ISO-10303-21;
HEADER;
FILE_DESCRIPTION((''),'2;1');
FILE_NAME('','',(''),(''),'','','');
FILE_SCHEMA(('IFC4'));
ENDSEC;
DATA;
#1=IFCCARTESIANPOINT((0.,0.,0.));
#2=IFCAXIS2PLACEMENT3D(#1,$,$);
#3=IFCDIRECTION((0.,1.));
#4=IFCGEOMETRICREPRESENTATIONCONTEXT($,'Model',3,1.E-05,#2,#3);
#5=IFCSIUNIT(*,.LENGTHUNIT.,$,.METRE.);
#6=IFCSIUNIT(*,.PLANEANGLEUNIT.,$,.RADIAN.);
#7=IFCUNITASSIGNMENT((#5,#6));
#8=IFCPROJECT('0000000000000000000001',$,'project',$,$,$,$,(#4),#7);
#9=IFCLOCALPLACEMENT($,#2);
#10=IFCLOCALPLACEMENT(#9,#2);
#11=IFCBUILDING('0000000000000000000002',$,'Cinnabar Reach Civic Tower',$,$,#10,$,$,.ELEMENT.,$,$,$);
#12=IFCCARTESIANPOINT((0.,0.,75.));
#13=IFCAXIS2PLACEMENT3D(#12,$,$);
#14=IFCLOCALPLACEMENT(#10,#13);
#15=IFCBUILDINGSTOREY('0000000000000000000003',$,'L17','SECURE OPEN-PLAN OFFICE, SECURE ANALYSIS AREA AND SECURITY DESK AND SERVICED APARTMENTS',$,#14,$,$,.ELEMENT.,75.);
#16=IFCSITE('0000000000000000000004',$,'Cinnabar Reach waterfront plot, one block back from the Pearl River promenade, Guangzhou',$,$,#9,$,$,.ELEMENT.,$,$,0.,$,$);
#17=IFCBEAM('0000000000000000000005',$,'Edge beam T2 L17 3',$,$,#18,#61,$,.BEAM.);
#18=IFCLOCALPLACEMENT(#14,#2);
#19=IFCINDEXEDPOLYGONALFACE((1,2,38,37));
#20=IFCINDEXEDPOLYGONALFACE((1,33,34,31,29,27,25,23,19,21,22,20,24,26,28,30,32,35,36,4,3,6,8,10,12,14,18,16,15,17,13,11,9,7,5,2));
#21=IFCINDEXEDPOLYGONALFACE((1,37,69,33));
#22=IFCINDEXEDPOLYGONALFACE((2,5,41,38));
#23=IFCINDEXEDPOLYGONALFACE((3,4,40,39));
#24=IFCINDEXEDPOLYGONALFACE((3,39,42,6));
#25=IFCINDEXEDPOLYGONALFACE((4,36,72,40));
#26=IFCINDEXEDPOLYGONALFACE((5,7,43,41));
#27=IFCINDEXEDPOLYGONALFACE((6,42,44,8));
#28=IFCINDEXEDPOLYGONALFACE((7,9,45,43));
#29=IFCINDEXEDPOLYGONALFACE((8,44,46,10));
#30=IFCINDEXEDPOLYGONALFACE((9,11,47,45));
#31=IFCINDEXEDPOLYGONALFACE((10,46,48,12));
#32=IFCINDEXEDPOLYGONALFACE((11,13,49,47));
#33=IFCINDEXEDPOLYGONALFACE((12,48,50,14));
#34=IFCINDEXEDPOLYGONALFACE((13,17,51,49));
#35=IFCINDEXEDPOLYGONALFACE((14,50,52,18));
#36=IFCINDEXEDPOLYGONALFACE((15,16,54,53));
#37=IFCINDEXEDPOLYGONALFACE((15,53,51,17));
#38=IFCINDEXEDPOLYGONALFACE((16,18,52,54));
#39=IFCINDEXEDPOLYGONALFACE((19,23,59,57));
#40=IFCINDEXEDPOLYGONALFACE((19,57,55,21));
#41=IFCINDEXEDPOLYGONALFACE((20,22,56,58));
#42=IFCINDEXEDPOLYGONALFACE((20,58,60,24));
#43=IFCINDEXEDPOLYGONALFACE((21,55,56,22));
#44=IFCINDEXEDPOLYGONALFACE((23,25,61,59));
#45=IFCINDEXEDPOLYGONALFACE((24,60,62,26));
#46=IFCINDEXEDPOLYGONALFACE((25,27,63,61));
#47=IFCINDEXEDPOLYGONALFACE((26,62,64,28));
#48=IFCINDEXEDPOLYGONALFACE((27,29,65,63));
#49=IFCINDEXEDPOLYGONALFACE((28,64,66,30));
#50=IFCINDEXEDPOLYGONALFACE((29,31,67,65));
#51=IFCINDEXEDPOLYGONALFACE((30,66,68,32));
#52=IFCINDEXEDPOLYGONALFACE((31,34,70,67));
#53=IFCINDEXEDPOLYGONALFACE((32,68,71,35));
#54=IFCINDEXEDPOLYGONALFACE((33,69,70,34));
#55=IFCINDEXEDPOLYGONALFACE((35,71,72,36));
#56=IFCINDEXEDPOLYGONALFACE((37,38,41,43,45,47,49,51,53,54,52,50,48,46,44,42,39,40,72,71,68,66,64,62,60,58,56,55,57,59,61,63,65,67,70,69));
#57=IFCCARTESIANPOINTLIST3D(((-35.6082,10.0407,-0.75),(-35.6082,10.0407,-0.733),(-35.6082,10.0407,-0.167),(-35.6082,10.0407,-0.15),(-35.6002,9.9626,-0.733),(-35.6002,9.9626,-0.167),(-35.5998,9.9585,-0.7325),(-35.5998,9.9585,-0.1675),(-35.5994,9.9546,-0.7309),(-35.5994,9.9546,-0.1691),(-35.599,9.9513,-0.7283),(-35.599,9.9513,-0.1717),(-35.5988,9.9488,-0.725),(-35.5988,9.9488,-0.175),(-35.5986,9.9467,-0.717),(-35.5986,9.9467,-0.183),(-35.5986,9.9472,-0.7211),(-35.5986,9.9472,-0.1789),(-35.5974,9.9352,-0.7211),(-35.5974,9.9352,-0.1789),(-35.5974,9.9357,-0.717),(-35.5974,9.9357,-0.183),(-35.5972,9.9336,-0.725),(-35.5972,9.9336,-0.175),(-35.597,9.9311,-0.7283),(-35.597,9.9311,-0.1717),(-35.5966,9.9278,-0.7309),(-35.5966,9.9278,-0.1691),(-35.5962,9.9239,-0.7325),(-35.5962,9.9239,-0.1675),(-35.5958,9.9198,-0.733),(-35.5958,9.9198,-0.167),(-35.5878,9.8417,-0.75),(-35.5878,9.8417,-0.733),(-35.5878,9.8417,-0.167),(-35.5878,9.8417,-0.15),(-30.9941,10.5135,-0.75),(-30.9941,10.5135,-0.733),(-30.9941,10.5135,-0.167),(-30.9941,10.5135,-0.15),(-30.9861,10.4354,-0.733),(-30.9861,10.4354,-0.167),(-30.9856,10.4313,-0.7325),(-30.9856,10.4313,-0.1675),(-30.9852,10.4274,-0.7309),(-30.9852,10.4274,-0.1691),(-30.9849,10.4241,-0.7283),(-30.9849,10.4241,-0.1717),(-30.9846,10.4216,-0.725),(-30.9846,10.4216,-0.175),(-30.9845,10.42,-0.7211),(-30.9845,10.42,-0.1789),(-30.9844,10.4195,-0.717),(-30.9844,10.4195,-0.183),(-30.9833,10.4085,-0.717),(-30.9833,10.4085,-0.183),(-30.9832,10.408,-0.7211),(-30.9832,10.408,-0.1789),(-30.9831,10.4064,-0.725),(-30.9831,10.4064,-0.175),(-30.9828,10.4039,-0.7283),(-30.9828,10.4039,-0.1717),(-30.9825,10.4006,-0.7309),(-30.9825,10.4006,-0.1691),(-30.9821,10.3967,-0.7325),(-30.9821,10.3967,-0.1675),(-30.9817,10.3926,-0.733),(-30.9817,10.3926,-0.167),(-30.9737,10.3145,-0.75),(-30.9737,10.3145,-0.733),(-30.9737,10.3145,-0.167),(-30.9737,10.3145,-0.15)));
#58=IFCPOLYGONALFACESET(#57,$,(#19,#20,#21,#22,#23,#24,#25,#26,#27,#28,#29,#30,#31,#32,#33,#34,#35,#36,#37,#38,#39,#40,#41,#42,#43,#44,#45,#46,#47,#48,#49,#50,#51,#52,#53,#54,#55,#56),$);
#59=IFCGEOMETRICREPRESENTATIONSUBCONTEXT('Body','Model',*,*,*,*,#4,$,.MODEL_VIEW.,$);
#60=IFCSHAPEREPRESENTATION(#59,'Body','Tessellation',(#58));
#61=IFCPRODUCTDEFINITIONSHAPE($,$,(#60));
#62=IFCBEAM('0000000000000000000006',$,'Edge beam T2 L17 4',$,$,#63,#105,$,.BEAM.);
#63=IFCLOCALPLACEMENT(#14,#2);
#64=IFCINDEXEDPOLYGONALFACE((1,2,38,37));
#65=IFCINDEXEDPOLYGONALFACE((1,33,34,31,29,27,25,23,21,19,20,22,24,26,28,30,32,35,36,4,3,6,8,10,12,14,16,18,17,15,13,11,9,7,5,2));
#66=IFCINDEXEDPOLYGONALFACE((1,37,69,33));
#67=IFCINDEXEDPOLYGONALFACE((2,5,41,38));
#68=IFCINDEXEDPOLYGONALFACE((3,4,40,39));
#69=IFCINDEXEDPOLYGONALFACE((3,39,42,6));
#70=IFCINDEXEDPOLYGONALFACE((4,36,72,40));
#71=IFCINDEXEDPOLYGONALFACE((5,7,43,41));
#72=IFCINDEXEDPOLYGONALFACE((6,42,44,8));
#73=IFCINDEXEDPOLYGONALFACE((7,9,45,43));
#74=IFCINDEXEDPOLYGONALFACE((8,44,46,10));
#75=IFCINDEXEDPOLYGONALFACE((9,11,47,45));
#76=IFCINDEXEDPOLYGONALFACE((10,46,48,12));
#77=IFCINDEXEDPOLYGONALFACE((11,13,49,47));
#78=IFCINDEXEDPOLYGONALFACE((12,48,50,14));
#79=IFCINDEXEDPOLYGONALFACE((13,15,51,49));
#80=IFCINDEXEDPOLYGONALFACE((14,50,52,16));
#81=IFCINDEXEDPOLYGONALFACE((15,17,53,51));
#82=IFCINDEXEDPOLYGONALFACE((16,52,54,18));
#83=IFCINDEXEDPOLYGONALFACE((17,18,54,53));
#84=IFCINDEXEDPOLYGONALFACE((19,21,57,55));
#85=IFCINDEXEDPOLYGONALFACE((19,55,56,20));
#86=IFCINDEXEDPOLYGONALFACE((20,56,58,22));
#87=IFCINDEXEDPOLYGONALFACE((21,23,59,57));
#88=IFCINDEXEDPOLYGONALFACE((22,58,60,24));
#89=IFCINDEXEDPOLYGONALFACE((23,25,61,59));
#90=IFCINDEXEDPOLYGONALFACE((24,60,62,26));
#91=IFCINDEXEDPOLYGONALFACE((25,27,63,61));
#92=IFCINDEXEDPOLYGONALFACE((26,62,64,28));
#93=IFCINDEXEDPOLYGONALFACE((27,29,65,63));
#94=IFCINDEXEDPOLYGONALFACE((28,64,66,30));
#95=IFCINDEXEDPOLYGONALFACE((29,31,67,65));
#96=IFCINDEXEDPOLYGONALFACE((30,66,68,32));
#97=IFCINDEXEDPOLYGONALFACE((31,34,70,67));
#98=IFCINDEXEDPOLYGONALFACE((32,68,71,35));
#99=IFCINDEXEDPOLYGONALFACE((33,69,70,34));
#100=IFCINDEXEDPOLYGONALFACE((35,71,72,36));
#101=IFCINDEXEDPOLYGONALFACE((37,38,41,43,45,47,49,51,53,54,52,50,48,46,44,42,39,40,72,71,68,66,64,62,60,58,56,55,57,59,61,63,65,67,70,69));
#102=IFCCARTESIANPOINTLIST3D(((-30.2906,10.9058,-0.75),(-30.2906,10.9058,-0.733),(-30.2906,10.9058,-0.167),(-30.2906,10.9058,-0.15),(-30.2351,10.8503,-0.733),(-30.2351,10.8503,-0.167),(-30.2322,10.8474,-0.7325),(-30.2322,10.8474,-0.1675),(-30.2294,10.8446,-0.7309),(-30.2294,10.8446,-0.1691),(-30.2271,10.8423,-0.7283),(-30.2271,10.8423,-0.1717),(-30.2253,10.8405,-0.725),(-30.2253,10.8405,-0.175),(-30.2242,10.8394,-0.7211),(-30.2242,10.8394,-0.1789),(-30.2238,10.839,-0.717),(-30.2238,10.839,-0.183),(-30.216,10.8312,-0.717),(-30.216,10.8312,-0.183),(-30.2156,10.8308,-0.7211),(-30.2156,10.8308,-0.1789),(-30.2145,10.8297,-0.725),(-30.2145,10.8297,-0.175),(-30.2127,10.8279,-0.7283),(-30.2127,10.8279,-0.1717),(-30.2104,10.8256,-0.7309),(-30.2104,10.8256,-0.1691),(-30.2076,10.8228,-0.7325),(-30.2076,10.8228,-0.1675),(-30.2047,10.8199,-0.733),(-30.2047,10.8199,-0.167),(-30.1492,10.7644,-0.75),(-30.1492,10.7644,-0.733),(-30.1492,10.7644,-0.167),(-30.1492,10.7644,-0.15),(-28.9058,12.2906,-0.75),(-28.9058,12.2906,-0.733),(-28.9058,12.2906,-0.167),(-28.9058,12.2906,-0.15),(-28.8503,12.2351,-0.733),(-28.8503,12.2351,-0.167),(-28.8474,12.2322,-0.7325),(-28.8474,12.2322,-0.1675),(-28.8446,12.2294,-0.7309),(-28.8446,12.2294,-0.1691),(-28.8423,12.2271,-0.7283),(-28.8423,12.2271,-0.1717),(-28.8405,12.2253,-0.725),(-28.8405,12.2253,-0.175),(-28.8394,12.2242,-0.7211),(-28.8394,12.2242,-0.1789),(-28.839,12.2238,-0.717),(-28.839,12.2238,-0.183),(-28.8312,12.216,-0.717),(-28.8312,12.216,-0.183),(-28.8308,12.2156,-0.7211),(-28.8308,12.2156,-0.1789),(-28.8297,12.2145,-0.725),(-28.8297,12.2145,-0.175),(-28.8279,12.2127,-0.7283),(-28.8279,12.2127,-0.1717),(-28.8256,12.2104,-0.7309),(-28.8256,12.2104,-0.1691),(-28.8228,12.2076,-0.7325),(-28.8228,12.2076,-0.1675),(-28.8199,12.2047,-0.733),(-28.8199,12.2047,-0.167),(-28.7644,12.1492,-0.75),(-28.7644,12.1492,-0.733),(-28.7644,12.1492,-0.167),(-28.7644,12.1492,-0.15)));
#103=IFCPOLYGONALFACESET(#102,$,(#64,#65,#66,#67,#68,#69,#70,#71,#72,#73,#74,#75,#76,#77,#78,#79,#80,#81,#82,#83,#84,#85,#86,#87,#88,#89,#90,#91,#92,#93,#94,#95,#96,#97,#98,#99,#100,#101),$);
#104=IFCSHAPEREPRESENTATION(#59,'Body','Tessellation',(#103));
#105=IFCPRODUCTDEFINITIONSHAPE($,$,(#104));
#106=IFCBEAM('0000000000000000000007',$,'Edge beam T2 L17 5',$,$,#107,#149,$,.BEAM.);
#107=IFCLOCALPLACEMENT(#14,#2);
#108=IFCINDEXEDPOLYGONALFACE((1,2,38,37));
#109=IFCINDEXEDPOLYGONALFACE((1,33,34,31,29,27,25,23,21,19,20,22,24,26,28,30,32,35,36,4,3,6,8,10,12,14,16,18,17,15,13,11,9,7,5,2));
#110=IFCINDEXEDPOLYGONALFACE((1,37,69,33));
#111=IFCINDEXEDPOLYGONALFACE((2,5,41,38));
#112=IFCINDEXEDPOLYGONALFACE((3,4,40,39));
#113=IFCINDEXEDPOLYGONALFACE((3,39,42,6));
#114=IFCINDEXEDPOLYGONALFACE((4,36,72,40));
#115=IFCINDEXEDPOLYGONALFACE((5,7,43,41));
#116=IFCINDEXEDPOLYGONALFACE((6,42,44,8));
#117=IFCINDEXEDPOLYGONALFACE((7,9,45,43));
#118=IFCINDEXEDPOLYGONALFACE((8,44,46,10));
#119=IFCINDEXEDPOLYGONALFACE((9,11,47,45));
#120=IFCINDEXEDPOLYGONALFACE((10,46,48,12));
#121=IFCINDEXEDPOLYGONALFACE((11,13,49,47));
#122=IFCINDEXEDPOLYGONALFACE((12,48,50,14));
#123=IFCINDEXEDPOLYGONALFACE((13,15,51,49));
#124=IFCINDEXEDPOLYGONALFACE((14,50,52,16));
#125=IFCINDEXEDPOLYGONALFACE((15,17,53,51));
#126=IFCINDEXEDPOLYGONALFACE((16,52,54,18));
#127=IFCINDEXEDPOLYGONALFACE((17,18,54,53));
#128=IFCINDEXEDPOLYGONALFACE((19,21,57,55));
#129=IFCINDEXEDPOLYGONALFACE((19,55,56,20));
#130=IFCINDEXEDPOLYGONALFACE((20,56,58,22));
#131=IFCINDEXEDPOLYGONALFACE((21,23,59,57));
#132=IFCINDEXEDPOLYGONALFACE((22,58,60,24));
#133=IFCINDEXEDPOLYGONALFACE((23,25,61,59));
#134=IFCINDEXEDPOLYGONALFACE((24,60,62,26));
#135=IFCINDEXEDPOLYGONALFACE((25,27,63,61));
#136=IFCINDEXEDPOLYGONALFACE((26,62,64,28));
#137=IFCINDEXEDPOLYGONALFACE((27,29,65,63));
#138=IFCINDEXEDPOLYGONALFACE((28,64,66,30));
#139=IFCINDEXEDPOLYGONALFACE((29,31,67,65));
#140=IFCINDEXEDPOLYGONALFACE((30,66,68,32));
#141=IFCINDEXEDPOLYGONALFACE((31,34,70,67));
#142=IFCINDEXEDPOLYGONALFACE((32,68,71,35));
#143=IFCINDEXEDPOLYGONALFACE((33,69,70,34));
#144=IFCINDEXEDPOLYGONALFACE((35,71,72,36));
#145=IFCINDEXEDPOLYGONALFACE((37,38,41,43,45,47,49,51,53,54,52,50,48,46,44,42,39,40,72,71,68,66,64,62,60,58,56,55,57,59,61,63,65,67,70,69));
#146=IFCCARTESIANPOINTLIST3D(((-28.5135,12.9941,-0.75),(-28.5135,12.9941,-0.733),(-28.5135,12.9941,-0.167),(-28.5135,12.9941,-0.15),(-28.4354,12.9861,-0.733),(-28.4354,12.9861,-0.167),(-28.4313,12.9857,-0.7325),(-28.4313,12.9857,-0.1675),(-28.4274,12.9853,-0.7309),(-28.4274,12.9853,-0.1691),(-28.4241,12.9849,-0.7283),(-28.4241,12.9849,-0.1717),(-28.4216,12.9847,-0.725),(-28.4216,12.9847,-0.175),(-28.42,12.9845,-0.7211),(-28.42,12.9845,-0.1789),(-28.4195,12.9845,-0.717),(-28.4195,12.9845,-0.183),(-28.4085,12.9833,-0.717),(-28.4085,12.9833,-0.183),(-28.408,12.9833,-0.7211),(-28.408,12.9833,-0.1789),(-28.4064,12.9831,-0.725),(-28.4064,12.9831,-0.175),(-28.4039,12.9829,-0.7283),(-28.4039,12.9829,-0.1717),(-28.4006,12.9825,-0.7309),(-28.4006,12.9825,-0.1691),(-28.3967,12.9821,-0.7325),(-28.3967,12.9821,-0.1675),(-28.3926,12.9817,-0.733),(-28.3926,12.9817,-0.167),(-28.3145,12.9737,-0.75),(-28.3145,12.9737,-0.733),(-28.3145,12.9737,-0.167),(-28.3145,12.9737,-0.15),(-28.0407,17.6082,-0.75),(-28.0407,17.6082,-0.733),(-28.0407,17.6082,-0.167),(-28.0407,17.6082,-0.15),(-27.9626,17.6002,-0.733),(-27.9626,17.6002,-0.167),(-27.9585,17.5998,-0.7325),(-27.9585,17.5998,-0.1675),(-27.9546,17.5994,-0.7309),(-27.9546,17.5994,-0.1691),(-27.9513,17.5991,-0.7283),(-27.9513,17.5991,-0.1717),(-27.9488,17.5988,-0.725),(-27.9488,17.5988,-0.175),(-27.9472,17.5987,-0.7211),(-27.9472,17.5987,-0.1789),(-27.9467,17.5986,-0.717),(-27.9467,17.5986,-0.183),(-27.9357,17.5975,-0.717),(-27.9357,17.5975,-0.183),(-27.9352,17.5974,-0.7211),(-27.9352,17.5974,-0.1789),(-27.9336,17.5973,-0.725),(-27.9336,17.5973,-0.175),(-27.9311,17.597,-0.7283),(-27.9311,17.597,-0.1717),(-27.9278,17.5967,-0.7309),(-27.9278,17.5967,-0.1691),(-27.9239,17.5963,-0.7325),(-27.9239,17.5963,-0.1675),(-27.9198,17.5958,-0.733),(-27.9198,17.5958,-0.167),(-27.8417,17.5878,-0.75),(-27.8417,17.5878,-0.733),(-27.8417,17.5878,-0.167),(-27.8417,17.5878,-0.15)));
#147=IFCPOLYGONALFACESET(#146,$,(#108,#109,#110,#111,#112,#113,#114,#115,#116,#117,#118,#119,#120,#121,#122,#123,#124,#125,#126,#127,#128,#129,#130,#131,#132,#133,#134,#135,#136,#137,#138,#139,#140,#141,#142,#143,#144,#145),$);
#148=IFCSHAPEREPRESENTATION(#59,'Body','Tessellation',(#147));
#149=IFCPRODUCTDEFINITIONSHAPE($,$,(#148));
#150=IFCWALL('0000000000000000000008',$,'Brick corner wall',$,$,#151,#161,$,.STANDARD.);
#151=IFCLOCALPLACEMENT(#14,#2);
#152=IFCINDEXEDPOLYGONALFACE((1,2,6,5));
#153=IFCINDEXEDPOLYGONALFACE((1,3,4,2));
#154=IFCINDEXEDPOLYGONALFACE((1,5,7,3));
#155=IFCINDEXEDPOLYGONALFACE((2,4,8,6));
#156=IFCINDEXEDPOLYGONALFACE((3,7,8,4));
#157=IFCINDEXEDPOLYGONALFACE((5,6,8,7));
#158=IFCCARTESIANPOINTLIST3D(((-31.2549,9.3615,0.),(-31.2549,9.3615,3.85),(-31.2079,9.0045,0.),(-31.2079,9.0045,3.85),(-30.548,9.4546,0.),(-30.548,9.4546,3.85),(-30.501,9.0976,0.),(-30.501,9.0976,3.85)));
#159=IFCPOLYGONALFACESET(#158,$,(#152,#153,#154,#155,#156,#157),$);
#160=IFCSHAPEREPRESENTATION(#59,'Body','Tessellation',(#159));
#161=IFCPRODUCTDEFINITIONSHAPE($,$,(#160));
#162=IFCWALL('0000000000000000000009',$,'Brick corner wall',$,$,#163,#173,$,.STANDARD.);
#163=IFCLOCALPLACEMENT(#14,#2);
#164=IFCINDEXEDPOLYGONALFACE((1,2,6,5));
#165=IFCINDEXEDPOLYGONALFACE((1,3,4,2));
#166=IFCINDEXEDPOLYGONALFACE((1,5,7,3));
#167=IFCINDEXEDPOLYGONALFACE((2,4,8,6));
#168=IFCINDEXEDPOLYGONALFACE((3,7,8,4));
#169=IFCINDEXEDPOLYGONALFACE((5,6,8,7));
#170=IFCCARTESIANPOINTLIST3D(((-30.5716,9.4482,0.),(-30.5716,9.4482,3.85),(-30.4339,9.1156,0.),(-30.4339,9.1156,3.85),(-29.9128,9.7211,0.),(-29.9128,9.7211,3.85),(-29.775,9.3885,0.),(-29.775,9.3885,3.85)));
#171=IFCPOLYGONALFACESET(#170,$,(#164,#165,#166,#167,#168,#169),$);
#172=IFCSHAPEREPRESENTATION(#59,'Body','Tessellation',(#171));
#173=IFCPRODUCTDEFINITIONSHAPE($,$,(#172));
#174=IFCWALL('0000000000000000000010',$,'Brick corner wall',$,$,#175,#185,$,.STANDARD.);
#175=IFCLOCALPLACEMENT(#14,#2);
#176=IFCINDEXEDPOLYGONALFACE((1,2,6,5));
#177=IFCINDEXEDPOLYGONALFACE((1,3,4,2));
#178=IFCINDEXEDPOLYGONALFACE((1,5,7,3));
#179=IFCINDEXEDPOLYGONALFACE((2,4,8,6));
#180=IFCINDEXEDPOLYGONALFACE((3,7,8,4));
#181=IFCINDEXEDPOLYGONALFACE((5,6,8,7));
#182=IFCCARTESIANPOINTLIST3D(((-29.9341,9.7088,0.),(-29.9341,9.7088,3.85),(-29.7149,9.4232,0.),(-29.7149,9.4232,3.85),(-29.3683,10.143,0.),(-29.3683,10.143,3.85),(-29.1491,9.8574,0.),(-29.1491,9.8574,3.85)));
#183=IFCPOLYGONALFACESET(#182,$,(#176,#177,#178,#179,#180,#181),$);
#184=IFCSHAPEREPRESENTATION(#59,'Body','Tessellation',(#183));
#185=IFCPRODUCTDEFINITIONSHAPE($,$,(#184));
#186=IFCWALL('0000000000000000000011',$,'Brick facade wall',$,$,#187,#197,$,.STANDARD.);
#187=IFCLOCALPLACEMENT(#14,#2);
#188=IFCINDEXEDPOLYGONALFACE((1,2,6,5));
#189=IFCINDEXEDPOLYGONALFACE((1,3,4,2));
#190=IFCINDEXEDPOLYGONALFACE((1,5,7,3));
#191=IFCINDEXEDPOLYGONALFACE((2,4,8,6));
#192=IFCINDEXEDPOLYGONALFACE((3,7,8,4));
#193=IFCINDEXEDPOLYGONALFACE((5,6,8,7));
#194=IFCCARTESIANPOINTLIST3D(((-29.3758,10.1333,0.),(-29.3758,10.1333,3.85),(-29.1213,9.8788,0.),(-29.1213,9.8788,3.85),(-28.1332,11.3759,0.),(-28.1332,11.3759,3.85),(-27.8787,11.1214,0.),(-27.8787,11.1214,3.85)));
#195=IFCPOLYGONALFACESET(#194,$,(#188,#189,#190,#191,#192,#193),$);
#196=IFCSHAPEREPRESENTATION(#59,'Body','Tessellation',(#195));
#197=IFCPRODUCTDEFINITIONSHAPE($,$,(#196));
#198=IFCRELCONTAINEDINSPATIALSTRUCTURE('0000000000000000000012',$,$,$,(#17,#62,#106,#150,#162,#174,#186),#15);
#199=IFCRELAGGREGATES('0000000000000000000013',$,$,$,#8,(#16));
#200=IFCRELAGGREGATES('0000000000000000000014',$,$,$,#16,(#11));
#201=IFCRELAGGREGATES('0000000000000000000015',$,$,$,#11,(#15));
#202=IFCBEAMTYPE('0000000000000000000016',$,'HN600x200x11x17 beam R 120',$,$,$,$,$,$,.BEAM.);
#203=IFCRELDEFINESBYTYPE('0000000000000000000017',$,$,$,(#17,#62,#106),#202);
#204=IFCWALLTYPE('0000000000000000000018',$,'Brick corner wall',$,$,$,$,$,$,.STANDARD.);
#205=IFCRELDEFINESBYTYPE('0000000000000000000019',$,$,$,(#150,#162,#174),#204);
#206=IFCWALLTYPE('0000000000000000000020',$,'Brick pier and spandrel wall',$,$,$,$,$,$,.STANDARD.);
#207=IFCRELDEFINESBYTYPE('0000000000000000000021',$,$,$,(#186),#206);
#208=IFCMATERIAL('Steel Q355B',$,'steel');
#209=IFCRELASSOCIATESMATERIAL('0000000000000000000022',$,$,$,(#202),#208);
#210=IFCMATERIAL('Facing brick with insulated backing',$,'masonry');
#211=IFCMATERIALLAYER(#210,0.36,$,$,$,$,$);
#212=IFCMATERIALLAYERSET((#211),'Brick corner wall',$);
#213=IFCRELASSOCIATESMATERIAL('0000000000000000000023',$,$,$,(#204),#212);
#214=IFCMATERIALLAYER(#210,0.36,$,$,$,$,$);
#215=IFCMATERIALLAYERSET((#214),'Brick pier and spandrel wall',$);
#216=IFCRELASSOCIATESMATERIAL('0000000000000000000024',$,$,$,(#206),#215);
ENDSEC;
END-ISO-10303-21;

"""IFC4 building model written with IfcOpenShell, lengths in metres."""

from ifc_helpers import new_model, si_unit, direction, frame, frame_2d, origin, origin_2d, place, context, subcontext, project, spatial, rectangle, i_section, extrude, material, layer, layer_set, material_profile, profile_set, type_object, element, save


model = new_model("IFC4")

# Units and contexts
model_context = context("Model", 3, precision=1e-05, world=origin(), true_north=direction((0.0, 1.0)))
body_context = subcontext(model_context, "Body", "Model", "MODEL_VIEW")
ifc_project = project(units=[si_unit("LENGTHUNIT", "METRE"), si_unit("PLANEANGLEUNIT", "RADIAN")], contexts=[model_context])

# Site, building, storey
site_placement = place(None, origin())
site = spatial("IfcSite", under=ifc_project, at=site_placement, Name="Cinnabar Reach waterfront plot, one block back from the Pearl River promenade, Guangzhou", CompositionType="ELEMENT", RefElevation=0.0)
building_placement = place(site_placement, origin())
building = spatial("IfcBuilding", under=site, at=building_placement, Name="Cinnabar Reach Civic Tower", CompositionType="ELEMENT")
storey_placement = place(building_placement, frame((0.0, 0.0, 75.0)))
storey = spatial("IfcBuildingStorey", under=building, at=storey_placement, Name="L17", Description="SECURE OPEN-PLAN OFFICE, SECURE ANALYSIS AREA AND SECURITY DESK AND SERVICED APARTMENTS", CompositionType="ELEMENT", Elevation=75.0)

# Beams
ifc_material_1 = material(Name="Steel Q355B", Category="steel")
ifc_material_profile_1 = material_profile(ifc_material_1, i_section(OverallWidth=0.2, OverallDepth=0.6, WebThickness=0.011, FlangeThickness=0.017, FilletRadius=0.016, at=origin_2d()), Name="HN600x200x11x17")
ifc_profile_set_1 = profile_set([ifc_material_profile_1], Name="Steel Q355B")
beam_type_1 = type_object("IfcBeamType", Name="HN600x200x11x17 beam R 120", PredefinedType="BEAM", material=ifc_profile_set_1)
beam_1_placement = place(storey_placement, frame((-35.598, 9.9412, -0.45), z_axis=(0.994791, 0.101935, 0.0), x_axis=(-0.101935, 0.994791, 0.0)))
element("IfcBeam", 1, at=beam_1_placement, inside=storey, type_object=beam_type_1, Name="Edge beam T2 L17 3", PredefinedType="BEAM", context=body_context, shape_type="SweptSolid", body=[
    extrude(i_section(OverallWidth=0.2, OverallDepth=0.6, WebThickness=0.011, FlangeThickness=0.017, FilletRadius=0.016, at=origin_2d()), origin(), (0.0, 0.0, 1.0), 4.6383),
])
beam_2_placement = place(storey_placement, frame((-30.2199, 10.8351, -0.45), z_axis=(0.707107, 0.707107, 0.0), x_axis=(-0.707107, 0.707107, 0.0)))
element("IfcBeam", 2, at=beam_2_placement, inside=storey, type_object=beam_type_1, Name="Edge beam T2 L17 4", PredefinedType="BEAM", context=body_context, shape_type="SweptSolid", body=[
    extrude(i_section(OverallWidth=0.2, OverallDepth=0.6, WebThickness=0.011, FlangeThickness=0.017, FilletRadius=0.016, at=origin_2d()), origin(), (0.0, 0.0, 1.0), 1.9584),
])
beam_3_placement = place(storey_placement, frame((-28.414, 12.9839, -0.45), z_axis=(0.101935, 0.994791, 0.0), x_axis=(-0.994791, 0.101935, 0.0)))
element("IfcBeam", 3, at=beam_3_placement, inside=storey, type_object=beam_type_1, Name="Edge beam T2 L17 5", PredefinedType="BEAM", context=body_context, shape_type="SweptSolid", body=[
    extrude(i_section(OverallWidth=0.2, OverallDepth=0.6, WebThickness=0.011, FlangeThickness=0.017, FilletRadius=0.016, at=origin_2d()), origin(), (0.0, 0.0, 1.0), 4.6383),
])

# Walls
ifc_material_2 = material(Name="Facing brick with insulated backing", Category="masonry")
ifc_layer_1 = layer(ifc_material_2, 0.36)
ifc_layer_set_1 = layer_set([ifc_layer_1], Name="Brick corner wall")
wall_type_1 = type_object("IfcWallType", Name="Brick corner wall", PredefinedType="STANDARD", material=ifc_layer_set_1)
for number, where, z_axis, x_axis, name in (
    (4, (-31.2314, 9.183, 0.0), (0.0, 0.0, 1.0), (0.991441, 0.130556, 0.0), "Brick corner wall"),
    (5, (-30.5027, 9.2819, 0.0), (0.0, 0.0, 1.0), (0.923872, 0.382703, 0.0), "Brick corner wall"),
):
    element("IfcWall", number, at=place(storey_placement, frame(where, z_axis=z_axis, x_axis=x_axis)), inside=storey, type_object=wall_type_1, Name=name, PredefinedType="STANDARD", context=body_context, shape_type="SweptSolid", body=[
        extrude(rectangle(XDim=0.7131, YDim=0.36, at=frame_2d((0.3565, 0.0))), origin(), (0.0, 0.0, 1.0), 3.85),
    ])
wall_1_placement = place(storey_placement, frame((-29.8245, 9.566, 0.0), z_axis=(0.0, 0.0, 1.0), x_axis=(0.793322, 0.608802, 0.0)))
element("IfcWall", 6, at=wall_1_placement, inside=storey, type_object=wall_type_1, Name="Brick corner wall", PredefinedType="STANDARD", context=body_context, shape_type="SweptSolid", body=[
    extrude(rectangle(XDim=0.7132, YDim=0.36, at=frame_2d((0.3566, 0.0))), origin(), (0.0, 0.0, 1.0), 3.85),
])
ifc_layer_2 = layer(ifc_material_2, 0.36)
ifc_layer_set_2 = layer_set([ifc_layer_2], Name="Brick pier and spandrel wall")
wall_type_2 = type_object("IfcWallType", Name="Brick pier and spandrel wall", PredefinedType="STANDARD", material=ifc_layer_set_2)
wall_2_placement = place(storey_placement, frame((-29.2486, 10.006, 0.0), z_axis=(0.0, 0.0, 1.0), x_axis=(0.707107, 0.707107, 0.0)))
element("IfcWall", 7, at=wall_2_placement, inside=storey, type_object=wall_type_2, Name="Brick facade wall", PredefinedType="STANDARD", context=body_context, shape_type="SweptSolid", body=[
    extrude(rectangle(XDim=1.7573, YDim=0.36, at=frame_2d((0.8787, 0.0))), origin(), (0.0, 0.0, 1.0), 3.85),
])

save(model, "model.ifc")
